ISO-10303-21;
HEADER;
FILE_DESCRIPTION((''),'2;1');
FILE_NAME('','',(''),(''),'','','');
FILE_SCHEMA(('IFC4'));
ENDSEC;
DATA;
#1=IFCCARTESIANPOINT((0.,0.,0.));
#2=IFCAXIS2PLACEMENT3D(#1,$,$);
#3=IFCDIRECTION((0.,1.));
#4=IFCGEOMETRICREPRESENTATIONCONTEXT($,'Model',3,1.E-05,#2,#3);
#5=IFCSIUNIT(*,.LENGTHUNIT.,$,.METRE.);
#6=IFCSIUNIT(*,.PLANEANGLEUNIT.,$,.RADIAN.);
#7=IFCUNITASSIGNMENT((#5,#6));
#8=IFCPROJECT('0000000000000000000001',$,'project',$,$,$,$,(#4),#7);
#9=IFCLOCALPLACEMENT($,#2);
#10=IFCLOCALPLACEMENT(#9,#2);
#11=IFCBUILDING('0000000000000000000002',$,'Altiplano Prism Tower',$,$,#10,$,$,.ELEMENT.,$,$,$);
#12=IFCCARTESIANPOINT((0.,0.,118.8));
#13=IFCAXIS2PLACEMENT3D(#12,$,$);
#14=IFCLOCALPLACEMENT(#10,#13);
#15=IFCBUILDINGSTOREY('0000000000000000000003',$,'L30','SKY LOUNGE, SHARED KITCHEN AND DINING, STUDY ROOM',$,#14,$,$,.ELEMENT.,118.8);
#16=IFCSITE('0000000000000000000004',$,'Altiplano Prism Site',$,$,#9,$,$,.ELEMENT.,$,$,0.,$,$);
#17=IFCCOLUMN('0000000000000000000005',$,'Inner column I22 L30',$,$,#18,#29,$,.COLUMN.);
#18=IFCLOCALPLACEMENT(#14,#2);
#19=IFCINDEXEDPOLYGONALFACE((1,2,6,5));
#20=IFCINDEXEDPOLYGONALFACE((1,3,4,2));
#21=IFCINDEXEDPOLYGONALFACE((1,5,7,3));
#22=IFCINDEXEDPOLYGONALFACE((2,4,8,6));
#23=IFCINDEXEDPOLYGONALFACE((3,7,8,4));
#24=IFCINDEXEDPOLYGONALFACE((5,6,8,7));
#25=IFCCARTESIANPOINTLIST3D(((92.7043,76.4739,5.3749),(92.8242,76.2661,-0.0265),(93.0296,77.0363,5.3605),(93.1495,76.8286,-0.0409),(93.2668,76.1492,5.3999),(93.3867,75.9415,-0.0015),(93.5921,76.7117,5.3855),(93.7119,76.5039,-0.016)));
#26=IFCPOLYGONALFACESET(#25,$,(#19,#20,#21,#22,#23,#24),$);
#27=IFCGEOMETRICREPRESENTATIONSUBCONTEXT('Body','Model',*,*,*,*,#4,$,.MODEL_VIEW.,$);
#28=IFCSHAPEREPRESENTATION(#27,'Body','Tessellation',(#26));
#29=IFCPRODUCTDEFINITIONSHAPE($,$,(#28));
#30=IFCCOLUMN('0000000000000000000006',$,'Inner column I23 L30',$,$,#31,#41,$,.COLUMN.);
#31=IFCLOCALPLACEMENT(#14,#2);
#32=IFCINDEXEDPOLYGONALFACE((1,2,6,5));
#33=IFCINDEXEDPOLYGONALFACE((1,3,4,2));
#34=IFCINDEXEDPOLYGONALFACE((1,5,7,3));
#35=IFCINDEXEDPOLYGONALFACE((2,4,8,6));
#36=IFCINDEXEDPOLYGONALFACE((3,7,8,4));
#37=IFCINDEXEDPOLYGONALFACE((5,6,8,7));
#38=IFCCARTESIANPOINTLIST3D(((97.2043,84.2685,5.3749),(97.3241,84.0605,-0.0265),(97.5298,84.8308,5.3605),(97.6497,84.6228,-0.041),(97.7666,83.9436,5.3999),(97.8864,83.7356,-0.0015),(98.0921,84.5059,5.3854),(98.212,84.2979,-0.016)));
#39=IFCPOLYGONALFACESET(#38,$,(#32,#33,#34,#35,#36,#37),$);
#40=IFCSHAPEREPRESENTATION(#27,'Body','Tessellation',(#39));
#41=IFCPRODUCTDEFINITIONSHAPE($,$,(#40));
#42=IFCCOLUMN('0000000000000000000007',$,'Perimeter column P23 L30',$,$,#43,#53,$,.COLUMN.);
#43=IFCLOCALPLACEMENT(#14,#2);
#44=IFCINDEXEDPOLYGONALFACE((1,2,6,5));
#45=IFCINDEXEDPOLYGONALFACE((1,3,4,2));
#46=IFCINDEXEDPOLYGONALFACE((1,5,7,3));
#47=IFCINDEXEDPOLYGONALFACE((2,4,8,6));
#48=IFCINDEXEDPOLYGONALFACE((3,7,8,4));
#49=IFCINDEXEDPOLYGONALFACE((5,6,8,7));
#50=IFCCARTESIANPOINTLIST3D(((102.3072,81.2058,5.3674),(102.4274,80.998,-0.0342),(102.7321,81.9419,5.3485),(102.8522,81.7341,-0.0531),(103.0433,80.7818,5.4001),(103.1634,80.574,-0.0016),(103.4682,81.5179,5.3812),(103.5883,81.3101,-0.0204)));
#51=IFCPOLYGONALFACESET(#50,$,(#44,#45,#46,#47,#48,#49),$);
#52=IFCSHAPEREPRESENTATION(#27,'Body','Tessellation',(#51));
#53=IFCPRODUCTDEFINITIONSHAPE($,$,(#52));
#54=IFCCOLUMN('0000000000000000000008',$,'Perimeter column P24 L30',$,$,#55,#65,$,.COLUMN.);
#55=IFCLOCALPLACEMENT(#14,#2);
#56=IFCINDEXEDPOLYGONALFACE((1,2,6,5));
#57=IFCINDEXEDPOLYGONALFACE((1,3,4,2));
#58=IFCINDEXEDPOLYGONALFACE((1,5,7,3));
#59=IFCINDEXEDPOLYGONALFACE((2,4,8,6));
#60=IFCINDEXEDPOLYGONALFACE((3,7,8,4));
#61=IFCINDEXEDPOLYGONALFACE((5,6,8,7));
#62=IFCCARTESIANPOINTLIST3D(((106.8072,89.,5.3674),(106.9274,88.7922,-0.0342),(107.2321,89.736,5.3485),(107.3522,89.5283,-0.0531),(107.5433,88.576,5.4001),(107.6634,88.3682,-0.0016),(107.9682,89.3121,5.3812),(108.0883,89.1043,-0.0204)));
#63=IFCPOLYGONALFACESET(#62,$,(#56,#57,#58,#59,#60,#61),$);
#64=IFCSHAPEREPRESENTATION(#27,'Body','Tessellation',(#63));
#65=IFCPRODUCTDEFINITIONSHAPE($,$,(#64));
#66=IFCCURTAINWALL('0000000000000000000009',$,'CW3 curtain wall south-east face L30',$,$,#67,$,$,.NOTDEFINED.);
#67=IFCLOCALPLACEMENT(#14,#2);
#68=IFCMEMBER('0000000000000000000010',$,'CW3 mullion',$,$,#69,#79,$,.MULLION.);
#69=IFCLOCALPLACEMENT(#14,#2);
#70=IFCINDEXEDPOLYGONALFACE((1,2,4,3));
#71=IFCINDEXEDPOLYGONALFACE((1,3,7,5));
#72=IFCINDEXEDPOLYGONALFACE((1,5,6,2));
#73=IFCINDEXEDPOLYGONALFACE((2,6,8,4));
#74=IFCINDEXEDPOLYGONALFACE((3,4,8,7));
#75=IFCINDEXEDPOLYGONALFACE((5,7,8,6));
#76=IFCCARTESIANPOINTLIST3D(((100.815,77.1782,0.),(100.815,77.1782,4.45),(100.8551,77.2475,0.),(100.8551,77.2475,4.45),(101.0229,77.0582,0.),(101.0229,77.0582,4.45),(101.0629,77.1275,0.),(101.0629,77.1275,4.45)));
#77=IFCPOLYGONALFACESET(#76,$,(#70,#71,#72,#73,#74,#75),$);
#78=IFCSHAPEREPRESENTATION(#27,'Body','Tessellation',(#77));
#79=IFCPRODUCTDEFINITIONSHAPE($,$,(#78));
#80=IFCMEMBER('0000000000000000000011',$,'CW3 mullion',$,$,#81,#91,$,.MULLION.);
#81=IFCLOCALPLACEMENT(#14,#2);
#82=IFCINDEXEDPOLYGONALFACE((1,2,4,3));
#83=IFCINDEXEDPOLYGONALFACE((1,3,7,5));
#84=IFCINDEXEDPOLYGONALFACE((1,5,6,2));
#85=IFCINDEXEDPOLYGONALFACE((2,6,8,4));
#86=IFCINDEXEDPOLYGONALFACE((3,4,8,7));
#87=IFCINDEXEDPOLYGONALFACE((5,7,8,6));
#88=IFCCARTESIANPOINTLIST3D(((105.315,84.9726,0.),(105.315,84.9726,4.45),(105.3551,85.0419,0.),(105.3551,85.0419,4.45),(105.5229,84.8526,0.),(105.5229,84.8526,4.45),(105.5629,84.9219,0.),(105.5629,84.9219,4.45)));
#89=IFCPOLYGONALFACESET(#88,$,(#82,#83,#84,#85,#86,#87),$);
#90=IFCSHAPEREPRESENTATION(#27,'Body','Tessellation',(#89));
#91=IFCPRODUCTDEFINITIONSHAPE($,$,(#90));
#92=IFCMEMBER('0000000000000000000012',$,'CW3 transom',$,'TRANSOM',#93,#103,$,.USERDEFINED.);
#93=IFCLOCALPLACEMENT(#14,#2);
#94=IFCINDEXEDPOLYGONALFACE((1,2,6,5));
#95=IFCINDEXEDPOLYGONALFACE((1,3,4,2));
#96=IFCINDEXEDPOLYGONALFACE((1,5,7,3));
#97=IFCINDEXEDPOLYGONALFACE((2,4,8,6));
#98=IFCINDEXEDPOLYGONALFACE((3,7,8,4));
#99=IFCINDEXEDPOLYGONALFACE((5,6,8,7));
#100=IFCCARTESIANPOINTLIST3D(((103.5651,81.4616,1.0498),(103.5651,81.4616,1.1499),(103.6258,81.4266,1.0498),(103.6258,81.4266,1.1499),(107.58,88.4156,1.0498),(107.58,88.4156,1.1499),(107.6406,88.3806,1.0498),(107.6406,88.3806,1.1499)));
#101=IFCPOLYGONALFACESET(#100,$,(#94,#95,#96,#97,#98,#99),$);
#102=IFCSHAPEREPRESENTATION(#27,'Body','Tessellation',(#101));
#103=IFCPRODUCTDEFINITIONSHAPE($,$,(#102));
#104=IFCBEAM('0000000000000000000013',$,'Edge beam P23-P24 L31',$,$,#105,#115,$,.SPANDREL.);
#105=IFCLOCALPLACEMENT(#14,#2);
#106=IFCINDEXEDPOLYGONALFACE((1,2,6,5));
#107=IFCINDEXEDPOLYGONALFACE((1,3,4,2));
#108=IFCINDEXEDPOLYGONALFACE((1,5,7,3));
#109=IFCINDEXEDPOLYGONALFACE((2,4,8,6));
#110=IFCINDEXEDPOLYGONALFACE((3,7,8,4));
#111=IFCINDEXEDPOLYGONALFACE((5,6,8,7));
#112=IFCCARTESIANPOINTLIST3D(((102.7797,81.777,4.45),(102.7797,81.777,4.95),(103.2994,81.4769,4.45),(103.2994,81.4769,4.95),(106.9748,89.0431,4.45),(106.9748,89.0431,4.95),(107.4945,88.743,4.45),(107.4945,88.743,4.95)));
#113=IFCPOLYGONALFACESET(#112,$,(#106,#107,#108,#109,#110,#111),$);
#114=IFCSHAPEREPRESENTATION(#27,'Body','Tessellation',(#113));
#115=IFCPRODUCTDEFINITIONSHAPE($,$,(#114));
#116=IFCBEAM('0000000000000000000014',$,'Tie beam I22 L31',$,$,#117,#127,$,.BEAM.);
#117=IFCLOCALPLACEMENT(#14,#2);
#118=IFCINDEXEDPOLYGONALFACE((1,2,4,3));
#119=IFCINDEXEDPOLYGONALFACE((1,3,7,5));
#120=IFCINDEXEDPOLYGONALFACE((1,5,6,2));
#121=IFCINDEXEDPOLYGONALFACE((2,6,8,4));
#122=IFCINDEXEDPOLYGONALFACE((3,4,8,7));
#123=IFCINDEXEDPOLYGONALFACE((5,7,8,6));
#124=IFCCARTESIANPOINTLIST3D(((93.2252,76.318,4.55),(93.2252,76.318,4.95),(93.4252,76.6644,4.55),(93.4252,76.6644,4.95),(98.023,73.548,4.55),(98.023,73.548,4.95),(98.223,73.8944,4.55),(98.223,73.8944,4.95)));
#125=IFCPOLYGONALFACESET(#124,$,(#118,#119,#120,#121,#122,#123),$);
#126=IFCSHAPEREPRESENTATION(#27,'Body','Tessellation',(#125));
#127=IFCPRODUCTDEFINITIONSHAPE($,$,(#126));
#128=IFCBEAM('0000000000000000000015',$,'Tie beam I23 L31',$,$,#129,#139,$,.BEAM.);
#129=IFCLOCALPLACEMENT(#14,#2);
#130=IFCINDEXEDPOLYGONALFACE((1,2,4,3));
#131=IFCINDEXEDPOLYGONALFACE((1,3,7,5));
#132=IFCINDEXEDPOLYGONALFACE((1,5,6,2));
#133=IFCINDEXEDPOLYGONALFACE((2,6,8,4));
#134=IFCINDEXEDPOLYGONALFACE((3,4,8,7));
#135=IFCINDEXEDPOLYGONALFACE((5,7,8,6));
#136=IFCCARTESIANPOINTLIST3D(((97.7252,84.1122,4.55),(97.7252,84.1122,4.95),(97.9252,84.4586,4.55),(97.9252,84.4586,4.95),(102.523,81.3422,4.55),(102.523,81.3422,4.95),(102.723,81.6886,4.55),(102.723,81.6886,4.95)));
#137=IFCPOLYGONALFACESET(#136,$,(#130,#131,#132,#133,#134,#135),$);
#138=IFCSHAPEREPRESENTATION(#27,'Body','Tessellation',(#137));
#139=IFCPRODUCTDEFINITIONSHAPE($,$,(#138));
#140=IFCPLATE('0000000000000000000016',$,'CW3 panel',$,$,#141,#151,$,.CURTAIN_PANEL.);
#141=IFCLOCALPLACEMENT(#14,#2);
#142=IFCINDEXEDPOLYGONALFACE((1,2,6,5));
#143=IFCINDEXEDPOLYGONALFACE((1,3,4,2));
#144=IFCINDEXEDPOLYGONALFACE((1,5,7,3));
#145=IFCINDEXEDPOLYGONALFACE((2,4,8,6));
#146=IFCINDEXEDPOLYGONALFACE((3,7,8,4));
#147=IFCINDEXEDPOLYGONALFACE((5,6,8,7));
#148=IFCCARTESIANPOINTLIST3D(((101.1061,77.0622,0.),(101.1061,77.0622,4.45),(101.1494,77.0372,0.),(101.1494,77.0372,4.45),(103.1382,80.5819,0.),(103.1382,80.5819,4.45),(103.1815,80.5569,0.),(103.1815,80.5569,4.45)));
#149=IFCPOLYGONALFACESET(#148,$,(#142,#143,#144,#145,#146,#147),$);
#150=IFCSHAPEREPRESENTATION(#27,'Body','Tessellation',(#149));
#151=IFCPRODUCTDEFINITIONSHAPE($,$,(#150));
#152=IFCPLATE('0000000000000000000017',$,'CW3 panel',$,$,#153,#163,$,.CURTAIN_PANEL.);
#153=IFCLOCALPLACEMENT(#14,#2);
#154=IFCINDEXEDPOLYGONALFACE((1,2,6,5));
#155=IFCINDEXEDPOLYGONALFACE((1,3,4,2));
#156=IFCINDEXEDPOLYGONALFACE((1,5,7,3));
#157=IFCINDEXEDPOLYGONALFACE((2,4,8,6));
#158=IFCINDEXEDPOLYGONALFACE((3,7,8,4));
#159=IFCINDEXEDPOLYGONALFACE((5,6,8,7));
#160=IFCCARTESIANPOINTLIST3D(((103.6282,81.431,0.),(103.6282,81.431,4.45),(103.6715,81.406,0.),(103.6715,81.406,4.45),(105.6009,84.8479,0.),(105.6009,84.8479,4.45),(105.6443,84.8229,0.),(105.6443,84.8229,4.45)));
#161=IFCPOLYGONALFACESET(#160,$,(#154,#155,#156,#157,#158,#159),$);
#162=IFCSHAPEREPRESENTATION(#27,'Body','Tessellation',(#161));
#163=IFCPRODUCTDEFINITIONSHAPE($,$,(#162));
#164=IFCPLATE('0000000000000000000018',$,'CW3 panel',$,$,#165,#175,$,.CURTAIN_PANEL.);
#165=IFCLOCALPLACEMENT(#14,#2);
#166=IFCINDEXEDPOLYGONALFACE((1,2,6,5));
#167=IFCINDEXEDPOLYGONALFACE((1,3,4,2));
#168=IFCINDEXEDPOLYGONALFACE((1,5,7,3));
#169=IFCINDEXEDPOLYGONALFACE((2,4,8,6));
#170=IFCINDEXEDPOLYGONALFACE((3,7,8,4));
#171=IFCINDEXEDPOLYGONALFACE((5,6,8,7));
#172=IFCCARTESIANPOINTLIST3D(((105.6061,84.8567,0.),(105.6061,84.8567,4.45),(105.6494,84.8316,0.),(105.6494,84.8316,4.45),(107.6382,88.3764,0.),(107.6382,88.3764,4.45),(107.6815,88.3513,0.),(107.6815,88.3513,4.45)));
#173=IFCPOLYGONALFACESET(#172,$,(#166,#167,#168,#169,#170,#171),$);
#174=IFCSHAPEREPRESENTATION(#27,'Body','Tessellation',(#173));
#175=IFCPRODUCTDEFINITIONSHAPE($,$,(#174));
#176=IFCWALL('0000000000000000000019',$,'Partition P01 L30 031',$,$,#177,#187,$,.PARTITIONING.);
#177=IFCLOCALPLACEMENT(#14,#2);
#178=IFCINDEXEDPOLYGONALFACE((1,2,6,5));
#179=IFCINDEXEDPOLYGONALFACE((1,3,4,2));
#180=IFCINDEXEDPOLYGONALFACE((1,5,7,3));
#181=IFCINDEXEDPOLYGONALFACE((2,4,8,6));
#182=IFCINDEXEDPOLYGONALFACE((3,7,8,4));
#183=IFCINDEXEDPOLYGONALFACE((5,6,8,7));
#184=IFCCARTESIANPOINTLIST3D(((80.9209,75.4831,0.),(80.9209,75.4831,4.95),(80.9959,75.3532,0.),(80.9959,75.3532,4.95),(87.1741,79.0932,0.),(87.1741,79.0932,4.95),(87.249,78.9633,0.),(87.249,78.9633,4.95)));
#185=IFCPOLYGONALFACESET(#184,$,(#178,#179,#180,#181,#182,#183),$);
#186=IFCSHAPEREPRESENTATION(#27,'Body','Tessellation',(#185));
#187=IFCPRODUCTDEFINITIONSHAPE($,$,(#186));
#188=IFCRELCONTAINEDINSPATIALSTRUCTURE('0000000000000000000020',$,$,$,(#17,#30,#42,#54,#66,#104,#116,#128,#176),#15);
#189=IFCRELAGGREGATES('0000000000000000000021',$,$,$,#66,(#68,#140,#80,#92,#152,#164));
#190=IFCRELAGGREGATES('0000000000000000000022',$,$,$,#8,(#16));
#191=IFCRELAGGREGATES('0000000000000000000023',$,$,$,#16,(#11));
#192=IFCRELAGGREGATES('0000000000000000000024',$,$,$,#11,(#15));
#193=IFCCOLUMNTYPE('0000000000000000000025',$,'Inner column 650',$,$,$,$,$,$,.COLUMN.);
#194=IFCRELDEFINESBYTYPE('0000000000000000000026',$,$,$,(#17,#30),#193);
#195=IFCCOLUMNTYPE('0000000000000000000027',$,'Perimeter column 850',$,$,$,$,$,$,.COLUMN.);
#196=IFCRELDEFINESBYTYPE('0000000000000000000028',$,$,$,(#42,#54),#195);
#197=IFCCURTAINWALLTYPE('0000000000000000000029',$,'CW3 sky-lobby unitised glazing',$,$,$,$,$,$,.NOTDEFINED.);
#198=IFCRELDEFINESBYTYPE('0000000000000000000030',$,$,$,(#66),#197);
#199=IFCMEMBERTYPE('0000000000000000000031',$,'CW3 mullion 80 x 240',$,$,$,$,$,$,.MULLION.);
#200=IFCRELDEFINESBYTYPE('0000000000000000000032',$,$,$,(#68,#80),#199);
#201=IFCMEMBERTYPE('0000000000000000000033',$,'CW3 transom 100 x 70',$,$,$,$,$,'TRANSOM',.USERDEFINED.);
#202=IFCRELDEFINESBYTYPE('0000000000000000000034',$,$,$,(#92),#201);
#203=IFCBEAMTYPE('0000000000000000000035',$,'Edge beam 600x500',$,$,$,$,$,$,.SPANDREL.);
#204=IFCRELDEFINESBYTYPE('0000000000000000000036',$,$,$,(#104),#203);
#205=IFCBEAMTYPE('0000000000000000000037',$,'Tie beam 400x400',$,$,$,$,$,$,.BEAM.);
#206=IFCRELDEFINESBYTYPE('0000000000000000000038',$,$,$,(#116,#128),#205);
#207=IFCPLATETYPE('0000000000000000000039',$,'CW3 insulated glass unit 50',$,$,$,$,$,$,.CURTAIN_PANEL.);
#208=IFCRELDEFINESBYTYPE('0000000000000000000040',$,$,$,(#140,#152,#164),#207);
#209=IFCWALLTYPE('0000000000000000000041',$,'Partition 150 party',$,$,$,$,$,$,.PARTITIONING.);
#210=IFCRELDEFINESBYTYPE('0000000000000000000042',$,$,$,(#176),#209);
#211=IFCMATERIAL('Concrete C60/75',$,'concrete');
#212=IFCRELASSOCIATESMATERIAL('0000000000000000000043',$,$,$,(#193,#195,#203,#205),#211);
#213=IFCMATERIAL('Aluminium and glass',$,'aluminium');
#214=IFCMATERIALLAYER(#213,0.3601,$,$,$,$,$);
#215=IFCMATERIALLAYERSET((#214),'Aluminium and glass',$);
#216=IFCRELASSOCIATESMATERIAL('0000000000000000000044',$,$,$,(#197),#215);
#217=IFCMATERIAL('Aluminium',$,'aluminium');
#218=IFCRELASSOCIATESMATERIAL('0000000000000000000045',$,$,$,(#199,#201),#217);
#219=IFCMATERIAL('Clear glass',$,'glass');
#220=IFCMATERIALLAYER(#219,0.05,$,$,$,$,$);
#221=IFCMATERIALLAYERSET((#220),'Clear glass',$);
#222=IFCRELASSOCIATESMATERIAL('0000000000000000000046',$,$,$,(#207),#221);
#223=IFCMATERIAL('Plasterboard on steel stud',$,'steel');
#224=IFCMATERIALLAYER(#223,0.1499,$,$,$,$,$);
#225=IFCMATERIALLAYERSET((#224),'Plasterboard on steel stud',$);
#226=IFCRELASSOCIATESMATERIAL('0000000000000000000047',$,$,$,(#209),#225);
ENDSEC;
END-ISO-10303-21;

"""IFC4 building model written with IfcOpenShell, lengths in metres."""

from ifc_helpers import new_model, si_unit, direction, frame, frame_2d, origin, origin_2d, place, context, subcontext, project, spatial, rectangle, extrude, material, layer, layer_set, material_profile, profile_set, type_object, element, aggregate, save


model = new_model("IFC4")

# Units and contexts
model_context = context("Model", 3, precision=1e-05, world=origin(), true_north=direction((0.0, 1.0)))
body_context = subcontext(model_context, "Body", "Model", "MODEL_VIEW")
ifc_project = project(units=[si_unit("LENGTHUNIT", "METRE"), si_unit("PLANEANGLEUNIT", "RADIAN")], contexts=[model_context])

# Site, building, storey
site_placement = place(None, origin())
site = spatial("IfcSite", under=ifc_project, at=site_placement, Name="Altiplano Prism Site", CompositionType="ELEMENT", RefElevation=0.0)
building_placement = place(site_placement, origin())
building = spatial("IfcBuilding", under=site, at=building_placement, Name="Altiplano Prism Tower", CompositionType="ELEMENT")
storey_placement = place(building_placement, frame((0.0, 0.0, 118.8)))
storey = spatial("IfcBuildingStorey", under=building, at=storey_placement, Name="L30", Description="SKY LOUNGE, SHARED KITCHEN AND DINING, STUDY ROOM", CompositionType="ELEMENT", Elevation=118.8)

# Columns
ifc_material_1 = material(Name="Concrete C60/75", Category="concrete")
ifc_material_profile_1 = material_profile(ifc_material_1, rectangle(XDim=0.6499, YDim=0.6499, at=origin_2d()), Name="Inner column 650")
ifc_profile_set_1 = profile_set([ifc_material_profile_1], Name="Concrete C60/75")
column_type_1 = type_object("IfcColumnType", Name="Inner column 650", PredefinedType="COLUMN", material=ifc_profile_set_1)
for number, where, z_axis, x_axis, name in (
    (1, (93.2681, 76.385, -0.0212), (-0.022171, 0.038427, 0.999015), (-0.500496, -0.865455, 0.022182), "Inner column I22 L30"),
    (2, (97.7681, 84.1792, -0.0212), (-0.022171, 0.038472, 0.999014), (-0.500936, -0.865199, 0.022202), "Inner column I23 L30"),
):
    element("IfcColumn", number, at=place(storey_placement, frame(where, z_axis=z_axis, x_axis=x_axis)), inside=storey, type_object=column_type_1, Name=name, PredefinedType="COLUMN", context=body_context, shape_type="SweptSolid", body=[
        extrude(rectangle(XDim=0.6499, YDim=0.6499, at=origin_2d()), origin(), (0.0, 0.0, 1.0), 5.4067),
    ])
ifc_material_profile_2 = material_profile(ifc_material_1, rectangle(XDim=0.8501, YDim=0.8501, at=origin_2d()), Name="Perimeter column 850")
ifc_profile_set_2 = profile_set([ifc_material_profile_2], Name="Concrete C60/75")
column_type_2 = type_object("IfcColumnType", Name="Perimeter column 850", PredefinedType="COLUMN", material=ifc_profile_set_2)
for number, where, z_axis, x_axis, name in (
    (3, (103.0078, 81.1541, -0.0273), (-0.022215, 0.038425, 0.999014), (-0.499734, -0.865895, 0.022192), "Perimeter column P23 L30"),
    (4, (107.5078, 88.9482, -0.0273), (-0.022215, 0.038425, 0.999014), (-0.499734, -0.865895, 0.022192), "Perimeter column P24 L30"),
):
    element("IfcColumn", number, at=place(storey_placement, frame(where, z_axis=z_axis, x_axis=x_axis)), inside=storey, type_object=column_type_2, Name=name, PredefinedType="COLUMN", context=body_context, shape_type="SweptSolid", body=[
        extrude(rectangle(XDim=0.8501, YDim=0.8501, at=origin_2d()), origin(), (0.0, 0.0, 1.0), 5.407),
    ])

# Curtain wall, members
ifc_material_2 = material(Name="Aluminium and glass", Category="aluminium")
ifc_layer_1 = layer(ifc_material_2, 0.3601)
ifc_layer_set_1 = layer_set([ifc_layer_1], Name="Aluminium and glass")
curtain_wall_type = type_object("IfcCurtainWallType", Name="CW3 sky-lobby unitised glazing", PredefinedType="NOTDEFINED", material=ifc_layer_set_1)
curtain_wall_placement = place(storey_placement, origin())
curtain_wall = element("IfcCurtainWall", 5, at=curtain_wall_placement, inside=storey, type_object=curtain_wall_type, Name="CW3 curtain wall south-east face L30", PredefinedType="NOTDEFINED")
ifc_material_3 = material(Name="Aluminium", Category="aluminium")
ifc_material_profile_3 = material_profile(ifc_material_3, rectangle(XDim=0.24, YDim=0.0801, at=origin_2d()), Name="CW3 mullion 80 x 240")
ifc_profile_set_3 = profile_set([ifc_material_profile_3], Name="Aluminium")
member_type_1 = type_object("IfcMemberType", Name="CW3 mullion 80 x 240", PredefinedType="MULLION", material=ifc_profile_set_3)
member_1_placement = place(storey_placement, frame((100.939, 77.1528, 0.0), z_axis=(0.0, 0.0, 1.0), x_axis=(-0.866025, 0.5, 0.0)))
member_1 = element("IfcMember", 6, at=member_1_placement, type_object=member_type_1, Name="CW3 mullion", PredefinedType="MULLION", context=body_context, shape_type="SweptSolid", body=[
    extrude(rectangle(XDim=0.24, YDim=0.0801, at=origin_2d()), origin(), (0.0, 0.0, 1.0), 4.45),
])
member_2_placement = place(storey_placement, frame((105.439, 84.9473, 0.0), z_axis=(0.0, 0.0, 1.0), x_axis=(-0.866025, 0.5, 0.0)))
member_2 = element("IfcMember", 7, at=member_2_placement, type_object=member_type_1, Name="CW3 mullion", PredefinedType="MULLION", context=body_context, shape_type="SweptSolid", body=[
    extrude(rectangle(XDim=0.24, YDim=0.0801, at=origin_2d()), origin(), (0.0, 0.0, 1.0), 4.45),
])
ifc_material_profile_4 = material_profile(ifc_material_3, rectangle(XDim=0.0701, YDim=0.1001, at=origin_2d()), Name="CW3 transom 100 x 70")
ifc_profile_set_4 = profile_set([ifc_material_profile_4], Name="Aluminium")
member_type_2 = type_object("IfcMemberType", Name="CW3 transom 100 x 70", ElementType="TRANSOM", PredefinedType="USERDEFINED", material=ifc_profile_set_4)
member_3_placement = place(storey_placement, frame((103.5955, 81.4441, 1.0999), z_axis=(0.499994, 0.866029, 0.0), x_axis=(-0.866029, 0.499994, 0.0)))
member_3 = element("IfcMember", 8, at=member_3_placement, type_object=member_type_2, Name="CW3 transom", ObjectType="TRANSOM", PredefinedType="USERDEFINED", context=body_context, shape_type="SweptSolid", body=[
    extrude(rectangle(XDim=0.0701, YDim=0.1001, at=origin_2d()), origin(), (0.0, 0.0, 1.0), 8.0298),
])

# Beams
ifc_material_profile_5 = material_profile(ifc_material_1, rectangle(XDim=0.6001, YDim=0.5, at=origin_2d()), Name="Edge beam 600x500")
ifc_profile_set_5 = profile_set([ifc_material_profile_5], Name="Concrete C60/75")
beam_type_1 = type_object("IfcBeamType", Name="Edge beam 600x500", PredefinedType="SPANDREL", material=ifc_profile_set_5)
beam_placement = place(storey_placement, frame((103.0396, 81.627, 4.7), z_axis=(0.499998, 0.866027, 0.0), x_axis=(-0.866027, 0.499998, 0.0)))
element("IfcBeam", 9, at=beam_placement, inside=storey, type_object=beam_type_1, Name="Edge beam P23-P24 L31", PredefinedType="SPANDREL", context=body_context, shape_type="SweptSolid", body=[
    extrude(rectangle(XDim=0.6001, YDim=0.5, at=origin_2d()), origin(), (0.0, 0.0, 1.0), 8.3901),
])
ifc_material_profile_6 = material_profile(ifc_material_1, rectangle(XDim=0.3999, YDim=0.3999, at=origin_2d()), Name="Tie beam 400x400")
ifc_profile_set_6 = profile_set([ifc_material_profile_6], Name="Concrete C60/75")
beam_type_2 = type_object("IfcBeamType", Name="Tie beam 400x400", PredefinedType="BEAM", material=ifc_profile_set_6)
for number, where, z_axis, x_axis, name in (
    (10, (93.3252, 76.4912, 4.75), (0.866027, -0.499997, 0.0), (0.499997, 0.866027, 0.0), "Tie beam I22 L31"),
    (11, (97.8252, 84.2854, 4.75), (0.866027, -0.499997, 0.0), (0.499997, 0.866027, 0.0), "Tie beam I23 L31"),
):
    element("IfcBeam", number, at=place(storey_placement, frame(where, z_axis=z_axis, x_axis=x_axis)), inside=storey, type_object=beam_type_2, Name=name, PredefinedType="BEAM", context=body_context, shape_type="SweptSolid", body=[
        extrude(rectangle(XDim=0.3999, YDim=0.3999, at=origin_2d()), origin(), (0.0, 0.0, 1.0), 5.54),
    ])

# Plates
ifc_material_4 = material(Name="Clear glass", Category="glass")
ifc_layer_2 = layer(ifc_material_4, 0.05)
ifc_layer_set_2 = layer_set([ifc_layer_2], Name="Clear glass")
plate_type = type_object("IfcPlateType", Name="CW3 insulated glass unit 50", PredefinedType="CURTAIN_PANEL", material=ifc_layer_set_2)
plate_1_placement = place(storey_placement, frame((102.1438, 78.8096, 0.0), z_axis=(0.0, 0.0, 1.0), x_axis=(0.5, 0.866025, 0.0)))
plate_1 = element("IfcPlate", 12, at=plate_1_placement, type_object=plate_type, Name="CW3 panel", PredefinedType="CURTAIN_PANEL", context=body_context, shape_type="SweptSolid", body=[
    extrude(rectangle(XDim=4.0642, YDim=0.05, at=origin_2d()), origin(), (0.0, 0.0, 1.0), 4.45),
])
plate_2_placement = place(storey_placement, frame((104.6362, 83.127, 0.0), z_axis=(0.0, 0.0, 1.0), x_axis=(0.5, 0.866025, 0.0)))
plate_2 = element("IfcPlate", 13, at=plate_2_placement, type_object=plate_type, Name="CW3 panel", PredefinedType="CURTAIN_PANEL", context=body_context, shape_type="SweptSolid", body=[
    extrude(rectangle(XDim=3.9456, YDim=0.05, at=origin_2d()), origin(), (0.0, 0.0, 1.0), 4.45),
])
plate_3_placement = place(storey_placement, frame((106.6438, 86.604, 0.0), z_axis=(0.0, 0.0, 1.0), x_axis=(0.5, 0.866025, 0.0)))
plate_3 = element("IfcPlate", 14, at=plate_3_placement, type_object=plate_type, Name="CW3 panel", PredefinedType="CURTAIN_PANEL", context=body_context, shape_type="SweptSolid", body=[
    extrude(rectangle(XDim=4.0642, YDim=0.05, at=origin_2d()), origin(), (0.0, 0.0, 1.0), 4.45),
])
aggregate(curtain_wall, [member_1, plate_1, member_2, member_3, plate_2, plate_3])

# Wall
ifc_material_5 = material(Name="Plasterboard on steel stud", Category="steel")
ifc_layer_3 = layer(ifc_material_5, 0.1499)
ifc_layer_set_3 = layer_set([ifc_layer_3], Name="Plasterboard on steel stud")
wall_type_1 = type_object("IfcWallType", Name="Partition 150 party", PredefinedType="PARTITIONING", material=ifc_layer_set_3)
wall_1_placement = place(storey_placement, frame((87.2117, 79.0283, 0.0), z_axis=(0.0, 0.0, 1.0), x_axis=(-0.866035, -0.499983, 0.0)))
element("IfcWall", 15, at=wall_1_placement, inside=storey, type_object=wall_type_1, Name="Partition P01 L30 031", PredefinedType="PARTITIONING", context=body_context, shape_type="SweptSolid", body=[
    extrude(rectangle(XDim=7.2205, YDim=0.1499, at=frame_2d((3.6104, 0.0))), origin(), (0.0, 0.0, 1.0), 4.95),
])

save(model, "model.ifc")
